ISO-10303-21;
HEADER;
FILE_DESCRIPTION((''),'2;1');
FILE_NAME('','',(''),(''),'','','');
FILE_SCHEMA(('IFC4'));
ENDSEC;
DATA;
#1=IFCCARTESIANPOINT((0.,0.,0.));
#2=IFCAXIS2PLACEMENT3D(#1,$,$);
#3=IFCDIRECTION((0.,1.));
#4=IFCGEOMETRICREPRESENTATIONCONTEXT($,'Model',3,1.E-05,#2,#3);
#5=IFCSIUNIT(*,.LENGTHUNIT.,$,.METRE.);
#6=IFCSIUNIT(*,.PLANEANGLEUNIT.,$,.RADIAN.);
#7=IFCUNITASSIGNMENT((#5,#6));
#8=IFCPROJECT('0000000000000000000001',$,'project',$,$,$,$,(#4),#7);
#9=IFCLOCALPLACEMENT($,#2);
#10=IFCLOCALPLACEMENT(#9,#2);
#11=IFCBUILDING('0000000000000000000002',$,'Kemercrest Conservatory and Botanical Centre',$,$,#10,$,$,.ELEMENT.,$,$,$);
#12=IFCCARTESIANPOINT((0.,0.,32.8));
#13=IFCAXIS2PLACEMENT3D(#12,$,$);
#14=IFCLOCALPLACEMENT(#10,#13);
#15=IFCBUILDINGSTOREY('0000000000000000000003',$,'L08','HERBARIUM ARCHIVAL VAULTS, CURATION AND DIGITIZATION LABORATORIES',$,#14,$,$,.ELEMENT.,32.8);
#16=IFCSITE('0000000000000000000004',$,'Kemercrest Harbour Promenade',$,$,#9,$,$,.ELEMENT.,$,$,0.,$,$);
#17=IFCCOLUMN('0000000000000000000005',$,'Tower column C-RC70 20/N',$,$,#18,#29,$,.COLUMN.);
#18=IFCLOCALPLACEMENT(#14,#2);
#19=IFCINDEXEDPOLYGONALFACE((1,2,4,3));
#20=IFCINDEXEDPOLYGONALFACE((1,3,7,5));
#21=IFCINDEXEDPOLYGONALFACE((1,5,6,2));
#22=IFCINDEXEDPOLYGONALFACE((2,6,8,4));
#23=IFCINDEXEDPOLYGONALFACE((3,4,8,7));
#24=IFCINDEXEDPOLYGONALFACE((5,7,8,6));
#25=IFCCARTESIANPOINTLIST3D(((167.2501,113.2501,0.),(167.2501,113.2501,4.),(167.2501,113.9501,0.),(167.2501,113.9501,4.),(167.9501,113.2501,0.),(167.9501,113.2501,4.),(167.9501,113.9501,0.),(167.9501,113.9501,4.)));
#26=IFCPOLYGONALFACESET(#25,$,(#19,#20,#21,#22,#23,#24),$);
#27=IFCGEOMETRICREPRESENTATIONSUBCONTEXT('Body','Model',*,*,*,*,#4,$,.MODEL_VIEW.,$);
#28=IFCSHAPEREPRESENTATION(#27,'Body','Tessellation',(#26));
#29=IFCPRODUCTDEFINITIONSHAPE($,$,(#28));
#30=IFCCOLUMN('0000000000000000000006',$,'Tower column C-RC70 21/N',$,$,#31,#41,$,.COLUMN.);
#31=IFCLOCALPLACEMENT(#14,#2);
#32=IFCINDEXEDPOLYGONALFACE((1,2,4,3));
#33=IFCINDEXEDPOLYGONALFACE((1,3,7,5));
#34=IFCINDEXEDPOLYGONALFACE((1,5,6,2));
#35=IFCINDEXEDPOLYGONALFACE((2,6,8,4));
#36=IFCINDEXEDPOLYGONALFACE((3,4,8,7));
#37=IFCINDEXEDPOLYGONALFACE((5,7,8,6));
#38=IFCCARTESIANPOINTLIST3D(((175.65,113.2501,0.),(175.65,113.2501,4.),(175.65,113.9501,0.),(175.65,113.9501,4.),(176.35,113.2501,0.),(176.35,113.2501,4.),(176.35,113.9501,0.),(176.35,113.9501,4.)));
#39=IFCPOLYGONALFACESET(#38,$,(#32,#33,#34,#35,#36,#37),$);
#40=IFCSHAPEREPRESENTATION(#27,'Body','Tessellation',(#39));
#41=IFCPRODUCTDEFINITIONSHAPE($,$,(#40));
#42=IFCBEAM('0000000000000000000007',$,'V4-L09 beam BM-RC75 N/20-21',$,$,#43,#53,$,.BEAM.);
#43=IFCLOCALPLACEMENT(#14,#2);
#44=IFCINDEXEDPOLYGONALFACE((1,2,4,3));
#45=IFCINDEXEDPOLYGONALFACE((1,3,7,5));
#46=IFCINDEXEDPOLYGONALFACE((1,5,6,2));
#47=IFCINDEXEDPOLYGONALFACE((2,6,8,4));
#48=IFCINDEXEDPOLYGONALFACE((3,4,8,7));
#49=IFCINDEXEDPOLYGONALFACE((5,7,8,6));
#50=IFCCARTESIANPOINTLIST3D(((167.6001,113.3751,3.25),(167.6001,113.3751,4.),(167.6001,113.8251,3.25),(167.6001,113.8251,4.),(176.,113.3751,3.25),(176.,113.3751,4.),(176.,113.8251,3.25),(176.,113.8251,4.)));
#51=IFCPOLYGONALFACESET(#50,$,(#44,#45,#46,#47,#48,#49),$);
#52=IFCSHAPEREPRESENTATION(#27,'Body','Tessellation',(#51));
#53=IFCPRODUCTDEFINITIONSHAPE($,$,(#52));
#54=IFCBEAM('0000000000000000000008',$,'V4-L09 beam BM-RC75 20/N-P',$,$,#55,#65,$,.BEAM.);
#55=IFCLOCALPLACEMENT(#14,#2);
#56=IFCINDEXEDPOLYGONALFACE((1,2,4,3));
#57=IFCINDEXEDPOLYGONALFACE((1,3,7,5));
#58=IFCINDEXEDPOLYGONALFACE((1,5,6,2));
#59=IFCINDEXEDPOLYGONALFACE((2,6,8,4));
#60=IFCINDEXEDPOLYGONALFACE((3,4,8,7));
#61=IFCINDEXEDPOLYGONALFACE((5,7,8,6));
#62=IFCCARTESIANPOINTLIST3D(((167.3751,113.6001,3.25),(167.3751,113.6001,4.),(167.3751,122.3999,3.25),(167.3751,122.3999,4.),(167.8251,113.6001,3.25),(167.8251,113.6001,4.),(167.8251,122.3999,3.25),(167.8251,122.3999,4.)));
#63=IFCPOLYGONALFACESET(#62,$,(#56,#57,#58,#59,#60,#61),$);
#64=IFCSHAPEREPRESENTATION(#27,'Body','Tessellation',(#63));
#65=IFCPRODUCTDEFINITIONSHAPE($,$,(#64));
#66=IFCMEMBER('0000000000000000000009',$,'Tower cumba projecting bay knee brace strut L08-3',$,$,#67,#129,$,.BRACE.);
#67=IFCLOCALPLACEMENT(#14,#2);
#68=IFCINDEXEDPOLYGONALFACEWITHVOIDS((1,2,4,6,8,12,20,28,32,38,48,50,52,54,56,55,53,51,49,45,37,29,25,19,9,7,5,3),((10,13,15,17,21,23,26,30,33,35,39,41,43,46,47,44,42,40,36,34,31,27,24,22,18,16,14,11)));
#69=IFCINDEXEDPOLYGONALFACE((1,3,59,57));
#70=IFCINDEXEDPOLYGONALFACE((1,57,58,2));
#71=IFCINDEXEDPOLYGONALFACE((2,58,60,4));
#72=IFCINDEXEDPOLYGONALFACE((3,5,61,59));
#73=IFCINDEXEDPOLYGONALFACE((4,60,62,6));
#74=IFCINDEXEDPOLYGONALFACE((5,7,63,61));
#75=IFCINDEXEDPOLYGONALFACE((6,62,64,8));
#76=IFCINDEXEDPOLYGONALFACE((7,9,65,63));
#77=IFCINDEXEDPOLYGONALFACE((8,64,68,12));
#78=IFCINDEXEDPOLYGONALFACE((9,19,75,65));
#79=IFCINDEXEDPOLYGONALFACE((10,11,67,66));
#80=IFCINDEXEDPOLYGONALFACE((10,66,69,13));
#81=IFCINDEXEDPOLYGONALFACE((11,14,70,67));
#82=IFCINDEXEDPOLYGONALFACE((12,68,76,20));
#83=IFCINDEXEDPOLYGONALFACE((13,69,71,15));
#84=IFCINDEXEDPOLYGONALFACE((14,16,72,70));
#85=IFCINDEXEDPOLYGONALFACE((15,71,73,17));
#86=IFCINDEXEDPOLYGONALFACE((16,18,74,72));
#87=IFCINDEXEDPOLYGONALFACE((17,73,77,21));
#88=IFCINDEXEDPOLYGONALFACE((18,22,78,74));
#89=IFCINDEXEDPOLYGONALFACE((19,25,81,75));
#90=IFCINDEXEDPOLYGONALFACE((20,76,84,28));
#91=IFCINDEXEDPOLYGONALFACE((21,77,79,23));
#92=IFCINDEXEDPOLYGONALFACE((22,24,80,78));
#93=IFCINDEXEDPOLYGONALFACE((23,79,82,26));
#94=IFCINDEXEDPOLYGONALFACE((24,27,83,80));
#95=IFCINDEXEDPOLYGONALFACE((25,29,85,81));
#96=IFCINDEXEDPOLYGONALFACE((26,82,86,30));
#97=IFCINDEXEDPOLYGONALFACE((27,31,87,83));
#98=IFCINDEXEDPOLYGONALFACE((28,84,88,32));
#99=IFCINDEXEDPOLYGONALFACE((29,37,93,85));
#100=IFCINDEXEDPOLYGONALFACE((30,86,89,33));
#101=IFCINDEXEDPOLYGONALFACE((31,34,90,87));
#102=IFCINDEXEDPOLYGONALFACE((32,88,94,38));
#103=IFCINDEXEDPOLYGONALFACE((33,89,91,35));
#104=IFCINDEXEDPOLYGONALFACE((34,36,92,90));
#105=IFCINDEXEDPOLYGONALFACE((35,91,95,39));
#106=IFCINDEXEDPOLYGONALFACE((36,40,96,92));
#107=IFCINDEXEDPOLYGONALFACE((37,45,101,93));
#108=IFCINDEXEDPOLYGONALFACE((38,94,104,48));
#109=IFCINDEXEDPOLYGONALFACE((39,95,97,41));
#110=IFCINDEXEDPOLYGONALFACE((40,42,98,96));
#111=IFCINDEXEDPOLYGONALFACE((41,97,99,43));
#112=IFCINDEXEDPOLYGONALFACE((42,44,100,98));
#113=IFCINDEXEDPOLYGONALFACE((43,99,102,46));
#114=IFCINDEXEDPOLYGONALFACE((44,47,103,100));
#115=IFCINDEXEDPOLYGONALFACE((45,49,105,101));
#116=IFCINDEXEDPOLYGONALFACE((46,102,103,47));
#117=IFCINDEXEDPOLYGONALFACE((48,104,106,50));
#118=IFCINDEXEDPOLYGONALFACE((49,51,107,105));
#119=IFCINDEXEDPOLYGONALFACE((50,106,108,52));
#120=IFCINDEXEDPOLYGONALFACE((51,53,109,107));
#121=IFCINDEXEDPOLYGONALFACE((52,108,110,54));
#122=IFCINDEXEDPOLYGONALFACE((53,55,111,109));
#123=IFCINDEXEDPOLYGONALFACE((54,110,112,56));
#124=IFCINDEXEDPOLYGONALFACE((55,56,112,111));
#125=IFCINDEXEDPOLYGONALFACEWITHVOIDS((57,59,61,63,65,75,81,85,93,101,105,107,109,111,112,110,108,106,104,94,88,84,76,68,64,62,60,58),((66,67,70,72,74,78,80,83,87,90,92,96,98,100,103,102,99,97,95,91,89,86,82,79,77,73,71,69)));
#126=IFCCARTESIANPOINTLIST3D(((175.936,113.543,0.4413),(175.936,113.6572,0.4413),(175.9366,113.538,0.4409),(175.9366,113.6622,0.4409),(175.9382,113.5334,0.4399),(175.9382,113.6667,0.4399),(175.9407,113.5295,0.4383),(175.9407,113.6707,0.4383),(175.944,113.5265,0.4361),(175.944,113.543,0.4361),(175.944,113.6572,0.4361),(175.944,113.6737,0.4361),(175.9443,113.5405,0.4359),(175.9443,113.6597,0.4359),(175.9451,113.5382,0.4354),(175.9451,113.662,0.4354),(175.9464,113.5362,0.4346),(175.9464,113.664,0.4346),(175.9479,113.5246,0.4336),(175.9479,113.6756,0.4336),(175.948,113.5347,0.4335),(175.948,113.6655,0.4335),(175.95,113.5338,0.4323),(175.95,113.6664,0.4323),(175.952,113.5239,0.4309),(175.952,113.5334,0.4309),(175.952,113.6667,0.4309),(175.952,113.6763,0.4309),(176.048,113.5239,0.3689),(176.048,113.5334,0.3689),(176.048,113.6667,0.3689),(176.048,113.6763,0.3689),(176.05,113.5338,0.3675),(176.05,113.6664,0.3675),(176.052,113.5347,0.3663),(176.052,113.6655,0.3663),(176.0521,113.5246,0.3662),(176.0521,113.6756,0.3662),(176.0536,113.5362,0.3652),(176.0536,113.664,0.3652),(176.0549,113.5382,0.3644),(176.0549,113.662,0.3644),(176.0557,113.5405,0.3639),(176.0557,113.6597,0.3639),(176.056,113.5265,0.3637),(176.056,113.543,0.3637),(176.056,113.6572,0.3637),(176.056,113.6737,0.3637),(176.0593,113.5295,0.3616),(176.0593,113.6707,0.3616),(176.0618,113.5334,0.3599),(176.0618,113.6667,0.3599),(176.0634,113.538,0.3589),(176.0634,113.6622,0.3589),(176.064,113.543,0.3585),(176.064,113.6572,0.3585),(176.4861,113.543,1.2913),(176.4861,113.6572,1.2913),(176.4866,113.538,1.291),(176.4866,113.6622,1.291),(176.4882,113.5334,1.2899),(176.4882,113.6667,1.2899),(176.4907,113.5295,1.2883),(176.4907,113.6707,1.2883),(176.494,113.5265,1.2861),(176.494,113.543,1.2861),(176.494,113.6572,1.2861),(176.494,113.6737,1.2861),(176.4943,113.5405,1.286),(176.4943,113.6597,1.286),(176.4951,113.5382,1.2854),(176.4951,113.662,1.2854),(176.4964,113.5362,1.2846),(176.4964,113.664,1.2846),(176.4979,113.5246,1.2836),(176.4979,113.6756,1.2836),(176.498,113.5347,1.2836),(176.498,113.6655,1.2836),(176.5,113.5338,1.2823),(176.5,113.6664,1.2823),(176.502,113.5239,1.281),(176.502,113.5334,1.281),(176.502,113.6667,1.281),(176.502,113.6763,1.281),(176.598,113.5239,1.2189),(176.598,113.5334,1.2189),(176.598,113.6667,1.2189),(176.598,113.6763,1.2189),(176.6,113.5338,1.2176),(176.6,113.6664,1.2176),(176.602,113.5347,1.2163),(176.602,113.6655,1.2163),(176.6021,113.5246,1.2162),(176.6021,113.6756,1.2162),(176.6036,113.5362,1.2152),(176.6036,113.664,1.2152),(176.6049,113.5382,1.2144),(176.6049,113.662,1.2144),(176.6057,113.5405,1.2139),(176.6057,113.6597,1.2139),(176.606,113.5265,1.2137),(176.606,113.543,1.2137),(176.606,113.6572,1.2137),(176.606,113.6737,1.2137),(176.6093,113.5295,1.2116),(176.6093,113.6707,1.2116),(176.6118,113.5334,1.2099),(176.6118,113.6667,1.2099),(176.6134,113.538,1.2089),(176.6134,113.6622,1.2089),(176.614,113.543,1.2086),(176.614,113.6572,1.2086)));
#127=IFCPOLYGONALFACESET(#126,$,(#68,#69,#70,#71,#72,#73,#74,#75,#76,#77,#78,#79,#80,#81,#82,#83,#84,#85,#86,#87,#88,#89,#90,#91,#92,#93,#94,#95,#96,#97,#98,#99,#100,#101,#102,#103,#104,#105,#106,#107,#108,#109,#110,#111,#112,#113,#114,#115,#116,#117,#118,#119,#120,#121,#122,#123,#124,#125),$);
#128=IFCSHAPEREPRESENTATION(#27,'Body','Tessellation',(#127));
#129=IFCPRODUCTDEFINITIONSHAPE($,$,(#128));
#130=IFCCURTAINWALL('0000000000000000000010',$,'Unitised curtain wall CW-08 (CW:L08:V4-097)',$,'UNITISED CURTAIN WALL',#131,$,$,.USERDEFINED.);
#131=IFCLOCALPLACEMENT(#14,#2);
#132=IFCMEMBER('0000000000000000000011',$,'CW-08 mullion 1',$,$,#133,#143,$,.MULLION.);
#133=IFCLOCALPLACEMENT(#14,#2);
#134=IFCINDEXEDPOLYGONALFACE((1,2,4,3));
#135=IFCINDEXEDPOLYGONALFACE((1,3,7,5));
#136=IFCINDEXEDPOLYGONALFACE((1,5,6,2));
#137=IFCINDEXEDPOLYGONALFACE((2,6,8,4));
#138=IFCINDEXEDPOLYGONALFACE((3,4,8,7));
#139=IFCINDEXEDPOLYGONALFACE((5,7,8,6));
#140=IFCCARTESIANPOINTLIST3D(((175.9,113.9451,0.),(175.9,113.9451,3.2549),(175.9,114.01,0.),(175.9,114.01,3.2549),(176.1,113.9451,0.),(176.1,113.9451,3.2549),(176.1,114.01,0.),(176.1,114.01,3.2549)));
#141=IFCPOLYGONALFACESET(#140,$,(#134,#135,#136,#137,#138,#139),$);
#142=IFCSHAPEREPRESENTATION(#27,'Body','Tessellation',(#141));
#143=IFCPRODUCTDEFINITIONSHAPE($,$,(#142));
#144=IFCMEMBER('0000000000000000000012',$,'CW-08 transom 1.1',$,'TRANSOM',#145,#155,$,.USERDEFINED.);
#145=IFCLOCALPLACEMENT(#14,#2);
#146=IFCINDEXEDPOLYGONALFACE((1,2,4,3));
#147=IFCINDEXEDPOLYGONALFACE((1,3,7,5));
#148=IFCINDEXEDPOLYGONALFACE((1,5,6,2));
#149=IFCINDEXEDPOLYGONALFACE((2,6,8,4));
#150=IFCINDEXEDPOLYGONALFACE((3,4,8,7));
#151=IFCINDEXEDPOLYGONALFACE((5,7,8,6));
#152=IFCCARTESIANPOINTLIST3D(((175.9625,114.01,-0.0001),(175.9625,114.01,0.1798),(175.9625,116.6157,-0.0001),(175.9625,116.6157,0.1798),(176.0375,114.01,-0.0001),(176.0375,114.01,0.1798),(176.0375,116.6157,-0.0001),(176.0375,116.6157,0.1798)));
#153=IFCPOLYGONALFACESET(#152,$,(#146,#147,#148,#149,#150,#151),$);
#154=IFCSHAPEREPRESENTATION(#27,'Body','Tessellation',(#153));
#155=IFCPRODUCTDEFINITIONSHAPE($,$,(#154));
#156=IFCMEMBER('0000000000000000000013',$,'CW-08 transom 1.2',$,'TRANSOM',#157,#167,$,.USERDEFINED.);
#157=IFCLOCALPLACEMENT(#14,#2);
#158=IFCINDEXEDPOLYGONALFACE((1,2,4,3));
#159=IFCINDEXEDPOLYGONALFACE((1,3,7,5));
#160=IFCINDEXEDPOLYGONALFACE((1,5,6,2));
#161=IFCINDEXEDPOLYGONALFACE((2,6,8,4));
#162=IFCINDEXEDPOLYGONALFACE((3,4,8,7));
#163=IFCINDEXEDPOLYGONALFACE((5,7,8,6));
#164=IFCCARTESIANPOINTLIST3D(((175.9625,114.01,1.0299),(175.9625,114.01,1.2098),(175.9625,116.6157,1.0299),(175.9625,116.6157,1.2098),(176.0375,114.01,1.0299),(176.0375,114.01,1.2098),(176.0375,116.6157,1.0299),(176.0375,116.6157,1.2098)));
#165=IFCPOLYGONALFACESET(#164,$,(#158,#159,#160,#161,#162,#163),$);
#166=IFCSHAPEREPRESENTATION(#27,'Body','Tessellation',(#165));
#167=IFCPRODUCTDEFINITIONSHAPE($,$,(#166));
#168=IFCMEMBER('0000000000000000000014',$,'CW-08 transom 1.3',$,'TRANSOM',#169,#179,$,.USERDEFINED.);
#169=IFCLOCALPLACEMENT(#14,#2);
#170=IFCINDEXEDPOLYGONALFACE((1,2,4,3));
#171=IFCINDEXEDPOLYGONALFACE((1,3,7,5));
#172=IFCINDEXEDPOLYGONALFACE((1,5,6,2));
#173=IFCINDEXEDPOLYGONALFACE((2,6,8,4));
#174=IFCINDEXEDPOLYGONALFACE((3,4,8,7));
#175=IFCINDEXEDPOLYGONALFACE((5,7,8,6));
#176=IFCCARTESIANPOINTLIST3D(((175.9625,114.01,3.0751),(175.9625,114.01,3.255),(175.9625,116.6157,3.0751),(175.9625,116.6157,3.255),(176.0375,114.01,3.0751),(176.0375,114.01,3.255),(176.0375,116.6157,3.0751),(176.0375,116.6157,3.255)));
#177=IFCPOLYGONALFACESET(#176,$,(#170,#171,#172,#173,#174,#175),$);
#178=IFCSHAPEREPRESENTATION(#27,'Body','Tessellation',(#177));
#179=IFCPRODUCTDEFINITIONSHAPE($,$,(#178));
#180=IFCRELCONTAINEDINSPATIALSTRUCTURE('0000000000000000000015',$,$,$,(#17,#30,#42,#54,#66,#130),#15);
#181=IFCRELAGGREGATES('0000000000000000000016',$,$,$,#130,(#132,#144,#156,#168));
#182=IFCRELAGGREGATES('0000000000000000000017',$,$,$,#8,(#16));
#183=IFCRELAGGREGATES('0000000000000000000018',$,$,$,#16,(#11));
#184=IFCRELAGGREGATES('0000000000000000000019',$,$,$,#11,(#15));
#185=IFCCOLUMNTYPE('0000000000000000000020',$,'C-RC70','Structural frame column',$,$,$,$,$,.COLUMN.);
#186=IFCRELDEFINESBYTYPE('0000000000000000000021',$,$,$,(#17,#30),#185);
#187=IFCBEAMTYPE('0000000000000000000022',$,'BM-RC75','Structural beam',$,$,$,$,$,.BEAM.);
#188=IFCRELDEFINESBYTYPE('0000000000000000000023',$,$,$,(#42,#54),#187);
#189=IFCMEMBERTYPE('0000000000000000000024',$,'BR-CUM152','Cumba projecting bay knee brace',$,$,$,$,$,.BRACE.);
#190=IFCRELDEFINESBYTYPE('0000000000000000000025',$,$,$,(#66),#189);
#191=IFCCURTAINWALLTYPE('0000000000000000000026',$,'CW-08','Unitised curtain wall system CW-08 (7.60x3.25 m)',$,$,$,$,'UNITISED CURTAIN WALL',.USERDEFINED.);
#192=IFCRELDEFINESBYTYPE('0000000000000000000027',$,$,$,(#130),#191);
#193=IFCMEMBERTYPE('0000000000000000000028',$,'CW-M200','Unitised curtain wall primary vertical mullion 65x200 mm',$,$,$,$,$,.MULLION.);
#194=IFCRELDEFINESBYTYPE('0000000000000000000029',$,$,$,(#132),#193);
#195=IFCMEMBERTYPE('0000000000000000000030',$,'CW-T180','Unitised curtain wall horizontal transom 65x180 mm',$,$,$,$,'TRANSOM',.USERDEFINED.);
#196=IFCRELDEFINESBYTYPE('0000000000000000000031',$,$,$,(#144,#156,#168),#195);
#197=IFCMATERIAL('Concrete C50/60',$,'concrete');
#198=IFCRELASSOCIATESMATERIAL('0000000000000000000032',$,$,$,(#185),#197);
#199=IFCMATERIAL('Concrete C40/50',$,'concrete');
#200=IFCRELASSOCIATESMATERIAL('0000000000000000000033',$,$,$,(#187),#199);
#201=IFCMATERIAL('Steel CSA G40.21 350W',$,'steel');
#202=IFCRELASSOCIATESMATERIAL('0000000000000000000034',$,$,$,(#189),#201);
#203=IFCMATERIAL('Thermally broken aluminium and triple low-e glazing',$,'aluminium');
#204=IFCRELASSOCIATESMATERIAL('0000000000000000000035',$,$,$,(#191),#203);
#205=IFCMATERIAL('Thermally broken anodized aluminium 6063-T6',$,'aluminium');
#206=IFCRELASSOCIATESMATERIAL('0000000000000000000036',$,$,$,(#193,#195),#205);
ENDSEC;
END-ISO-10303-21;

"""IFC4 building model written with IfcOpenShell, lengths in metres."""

from ifc_helpers import new_model, si_unit, direction, frame, origin, origin_2d, place, context, subcontext, project, spatial, rectangle, hollow_rectangle, extrude, material, material_profile, profile_set, type_object, element, aggregate, save


model = new_model("IFC4")

# Units and contexts
model_context = context("Model", 3, precision=1e-05, world=origin(), true_north=direction((0.0, 1.0)))
body_context = subcontext(model_context, "Body", "Model", "MODEL_VIEW")
ifc_project = project(units=[si_unit("LENGTHUNIT", "METRE"), si_unit("PLANEANGLEUNIT", "RADIAN")], contexts=[model_context])

# Site, building, storey
site_placement = place(None, origin())
site = spatial("IfcSite", under=ifc_project, at=site_placement, Name="Kemercrest Harbour Promenade", CompositionType="ELEMENT", RefElevation=0.0)
building_placement = place(site_placement, origin())
building = spatial("IfcBuilding", under=site, at=building_placement, Name="Kemercrest Conservatory and Botanical Centre", CompositionType="ELEMENT")
storey_placement = place(building_placement, frame((0.0, 0.0, 32.8)))
storey = spatial("IfcBuildingStorey", under=building, at=storey_placement, Name="L08", Description="HERBARIUM ARCHIVAL VAULTS, CURATION AND DIGITIZATION LABORATORIES", CompositionType="ELEMENT", Elevation=32.8)

# Columns
ifc_material_1 = material(Name="Concrete C50/60", Category="concrete")
ifc_material_profile_1 = material_profile(ifc_material_1, rectangle(XDim=0.7, YDim=0.7, at=origin_2d()), Name="RC 700x700")
ifc_profile_set_1 = profile_set([ifc_material_profile_1], Name="Concrete C50/60")
column_type = type_object("IfcColumnType", Name="C-RC70", Description="Structural frame column", PredefinedType="COLUMN", material=ifc_profile_set_1)
for number, where, z_axis, x_axis, name in (
    (1, (167.6001, 113.6001, 0.0), (0.0, 0.0, 1.0), (1.0, 0.0, 0.0), "Tower column C-RC70 20/N"),
    (2, (176.0, 113.6001, 0.0), (0.0, 0.0, 1.0), (1.0, 0.0, 0.0), "Tower column C-RC70 21/N"),
):
    element("IfcColumn", number, at=place(storey_placement, frame(where, z_axis=z_axis, x_axis=x_axis)), inside=storey, type_object=column_type, Name=name, PredefinedType="COLUMN", context=body_context, shape_type="SweptSolid", body=[
        extrude(rectangle(XDim=0.7, YDim=0.7, at=origin_2d()), origin(), (0.0, 0.0, 1.0), 4.0),
    ])

# Beams
ifc_material_2 = material(Name="Concrete C40/50", Category="concrete")
ifc_material_profile_2 = material_profile(ifc_material_2, rectangle(XDim=0.45, YDim=0.75, at=origin_2d()), Name="RC 450x750")
ifc_profile_set_2 = profile_set([ifc_material_profile_2], Name="Concrete C40/50")
beam_type_1 = type_object("IfcBeamType", Name="BM-RC75", Description="Structural beam", PredefinedType="BEAM", material=ifc_profile_set_2)
beam_1_placement = place(storey_placement, frame((167.6001, 113.6001, 3.625), z_axis=(1.0, 0.0, 0.0), x_axis=(0.0, 1.0, 0.0)))
element("IfcBeam", 3, at=beam_1_placement, inside=storey, type_object=beam_type_1, Name="V4-L09 beam BM-RC75 N/20-21", PredefinedType="BEAM", context=body_context, shape_type="SweptSolid", body=[
    extrude(rectangle(XDim=0.45, YDim=0.75, at=origin_2d()), origin(), (0.0, 0.0, 1.0), 8.3999),
])
beam_2_placement = place(storey_placement, frame((167.6001, 113.6001, 3.625), z_axis=(0.0, 1.0, 0.0), x_axis=(-1.0, 0.0, 0.0)))
element("IfcBeam", 4, at=beam_2_placement, inside=storey, type_object=beam_type_1, Name="V4-L09 beam BM-RC75 20/N-P", PredefinedType="BEAM", context=body_context, shape_type="SweptSolid", body=[
    extrude(rectangle(XDim=0.45, YDim=0.75, at=origin_2d()), origin(), (0.0, 0.0, 1.0), 8.7998),
])

# Member
ifc_material_3 = material(Name="Steel CSA G40.21 350W", Category="steel")
ifc_material_profile_3 = material_profile(ifc_material_3, hollow_rectangle(XDim=0.1523, YDim=0.1523, WallThickness=0.0095, InnerFilletRadius=0.0095, OuterFilletRadius=0.019, at=origin_2d()), Name="HSS 152x152x9.5")
ifc_profile_set_3 = profile_set([ifc_material_profile_3], Name="Steel CSA G40.21 350W")
member_type_1 = type_object("IfcMemberType", Name="BR-CUM152", Description="Cumba projecting bay knee brace", PredefinedType="BRACE", material=ifc_profile_set_3)
member_1_placement = place(storey_placement, frame((176.0, 113.6001, 0.3999), z_axis=(0.543241, 0.0, 0.839577), x_axis=(0.0, 1.0, 0.0)))
element("IfcMember", 5, at=member_1_placement, inside=storey, type_object=member_type_1, Name="Tower cumba projecting bay knee brace strut L08-3", PredefinedType="BRACE", context=body_context, shape_type="SweptSolid", body=[
    extrude(hollow_rectangle(XDim=0.1523, YDim=0.1523, WallThickness=0.0095, InnerFilletRadius=0.0095, OuterFilletRadius=0.019, at=origin_2d()), origin(), (0.0, 0.0, 1.0), 1.0125),
])

# Curtain wall, members
ifc_material_4 = material(Name="Thermally broken aluminium and triple low-e glazing", Category="aluminium")
curtain_wall_type = type_object("IfcCurtainWallType", Name="CW-08", Description="Unitised curtain wall system CW-08 (7.60x3.25 m)", ElementType="UNITISED CURTAIN WALL", PredefinedType="USERDEFINED", material=ifc_material_4)
curtain_wall_placement = place(storey_placement, origin())
curtain_wall = element("IfcCurtainWall", 6, at=curtain_wall_placement, inside=storey, type_object=curtain_wall_type, Name="Unitised curtain wall CW-08 (CW:L08:V4-097)", ObjectType="UNITISED CURTAIN WALL", PredefinedType="USERDEFINED")
ifc_material_5 = material(Name="Thermally broken anodized aluminium 6063-T6", Category="aluminium")
ifc_material_profile_4 = material_profile(ifc_material_5, rectangle(XDim=0.2, YDim=0.0649, at=origin_2d()), Name="AL MULLION 65x200")
ifc_profile_set_4 = profile_set([ifc_material_profile_4], Name="Thermally broken anodized aluminium 6063-T6")
member_type_2 = type_object("IfcMemberType", Name="CW-M200", Description="Unitised curtain wall primary vertical mullion 65x200 mm", PredefinedType="MULLION", material=ifc_profile_set_4)
member_2_placement = place(storey_placement, frame((176.0, 113.9775, 0.0), z_axis=(0.0, 0.0, 1.0), x_axis=(-1.0, 0.0, 0.0)))
member_2 = element("IfcMember", 7, at=member_2_placement, type_object=member_type_2, Name="CW-08 mullion 1", PredefinedType="MULLION", context=body_context, shape_type="SweptSolid", body=[
    extrude(rectangle(XDim=0.2, YDim=0.0649, at=origin_2d()), origin(), (0.0, 0.0, 1.0), 3.2549),
])
ifc_material_profile_5 = material_profile(ifc_material_5, rectangle(XDim=0.075, YDim=0.1799, at=origin_2d()), Name="AL TRANSOM 75x180")
ifc_profile_set_5 = profile_set([ifc_material_profile_5], Name="Thermally broken anodized aluminium 6063-T6")
member_type_3 = type_object("IfcMemberType", Name="CW-T180", Description="Unitised curtain wall horizontal transom 65x180 mm", ElementType="TRANSOM", PredefinedType="USERDEFINED", material=ifc_profile_set_5)
member_3_placement = place(storey_placement, frame((176.0, 114.01, 0.0898), z_axis=(0.0, 1.0, 0.0), x_axis=(-1.0, 0.0, 0.0)))
member_3 = element("IfcMember", 8, at=member_3_placement, type_object=member_type_3, Name="CW-08 transom 1.1", ObjectType="TRANSOM", PredefinedType="USERDEFINED", context=body_context, shape_type="SweptSolid", body=[
    extrude(rectangle(XDim=0.075, YDim=0.1799, at=origin_2d()), origin(), (0.0, 0.0, 1.0), 2.6057),
])
member_4_placement = place(storey_placement, frame((176.0, 114.01, 1.1199), z_axis=(0.0, 1.0, 0.0), x_axis=(-1.0, 0.0, 0.0)))
member_4 = element("IfcMember", 9, at=member_4_placement, type_object=member_type_3, Name="CW-08 transom 1.2", ObjectType="TRANSOM", PredefinedType="USERDEFINED", context=body_context, shape_type="SweptSolid", body=[
    extrude(rectangle(XDim=0.075, YDim=0.1799, at=origin_2d()), origin(), (0.0, 0.0, 1.0), 2.6057),
])
member_5_placement = place(storey_placement, frame((176.0, 114.01, 3.165), z_axis=(0.0, 1.0, 0.0), x_axis=(-1.0, 0.0, 0.0)))
member_5 = element("IfcMember", 10, at=member_5_placement, type_object=member_type_3, Name="CW-08 transom 1.3", ObjectType="TRANSOM", PredefinedType="USERDEFINED", context=body_context, shape_type="SweptSolid", body=[
    extrude(rectangle(XDim=0.075, YDim=0.1799, at=origin_2d()), origin(), (0.0, 0.0, 1.0), 2.6057),
])

aggregate(curtain_wall, [member_2, member_3, member_4, member_5])

save(model, "model.ifc")
